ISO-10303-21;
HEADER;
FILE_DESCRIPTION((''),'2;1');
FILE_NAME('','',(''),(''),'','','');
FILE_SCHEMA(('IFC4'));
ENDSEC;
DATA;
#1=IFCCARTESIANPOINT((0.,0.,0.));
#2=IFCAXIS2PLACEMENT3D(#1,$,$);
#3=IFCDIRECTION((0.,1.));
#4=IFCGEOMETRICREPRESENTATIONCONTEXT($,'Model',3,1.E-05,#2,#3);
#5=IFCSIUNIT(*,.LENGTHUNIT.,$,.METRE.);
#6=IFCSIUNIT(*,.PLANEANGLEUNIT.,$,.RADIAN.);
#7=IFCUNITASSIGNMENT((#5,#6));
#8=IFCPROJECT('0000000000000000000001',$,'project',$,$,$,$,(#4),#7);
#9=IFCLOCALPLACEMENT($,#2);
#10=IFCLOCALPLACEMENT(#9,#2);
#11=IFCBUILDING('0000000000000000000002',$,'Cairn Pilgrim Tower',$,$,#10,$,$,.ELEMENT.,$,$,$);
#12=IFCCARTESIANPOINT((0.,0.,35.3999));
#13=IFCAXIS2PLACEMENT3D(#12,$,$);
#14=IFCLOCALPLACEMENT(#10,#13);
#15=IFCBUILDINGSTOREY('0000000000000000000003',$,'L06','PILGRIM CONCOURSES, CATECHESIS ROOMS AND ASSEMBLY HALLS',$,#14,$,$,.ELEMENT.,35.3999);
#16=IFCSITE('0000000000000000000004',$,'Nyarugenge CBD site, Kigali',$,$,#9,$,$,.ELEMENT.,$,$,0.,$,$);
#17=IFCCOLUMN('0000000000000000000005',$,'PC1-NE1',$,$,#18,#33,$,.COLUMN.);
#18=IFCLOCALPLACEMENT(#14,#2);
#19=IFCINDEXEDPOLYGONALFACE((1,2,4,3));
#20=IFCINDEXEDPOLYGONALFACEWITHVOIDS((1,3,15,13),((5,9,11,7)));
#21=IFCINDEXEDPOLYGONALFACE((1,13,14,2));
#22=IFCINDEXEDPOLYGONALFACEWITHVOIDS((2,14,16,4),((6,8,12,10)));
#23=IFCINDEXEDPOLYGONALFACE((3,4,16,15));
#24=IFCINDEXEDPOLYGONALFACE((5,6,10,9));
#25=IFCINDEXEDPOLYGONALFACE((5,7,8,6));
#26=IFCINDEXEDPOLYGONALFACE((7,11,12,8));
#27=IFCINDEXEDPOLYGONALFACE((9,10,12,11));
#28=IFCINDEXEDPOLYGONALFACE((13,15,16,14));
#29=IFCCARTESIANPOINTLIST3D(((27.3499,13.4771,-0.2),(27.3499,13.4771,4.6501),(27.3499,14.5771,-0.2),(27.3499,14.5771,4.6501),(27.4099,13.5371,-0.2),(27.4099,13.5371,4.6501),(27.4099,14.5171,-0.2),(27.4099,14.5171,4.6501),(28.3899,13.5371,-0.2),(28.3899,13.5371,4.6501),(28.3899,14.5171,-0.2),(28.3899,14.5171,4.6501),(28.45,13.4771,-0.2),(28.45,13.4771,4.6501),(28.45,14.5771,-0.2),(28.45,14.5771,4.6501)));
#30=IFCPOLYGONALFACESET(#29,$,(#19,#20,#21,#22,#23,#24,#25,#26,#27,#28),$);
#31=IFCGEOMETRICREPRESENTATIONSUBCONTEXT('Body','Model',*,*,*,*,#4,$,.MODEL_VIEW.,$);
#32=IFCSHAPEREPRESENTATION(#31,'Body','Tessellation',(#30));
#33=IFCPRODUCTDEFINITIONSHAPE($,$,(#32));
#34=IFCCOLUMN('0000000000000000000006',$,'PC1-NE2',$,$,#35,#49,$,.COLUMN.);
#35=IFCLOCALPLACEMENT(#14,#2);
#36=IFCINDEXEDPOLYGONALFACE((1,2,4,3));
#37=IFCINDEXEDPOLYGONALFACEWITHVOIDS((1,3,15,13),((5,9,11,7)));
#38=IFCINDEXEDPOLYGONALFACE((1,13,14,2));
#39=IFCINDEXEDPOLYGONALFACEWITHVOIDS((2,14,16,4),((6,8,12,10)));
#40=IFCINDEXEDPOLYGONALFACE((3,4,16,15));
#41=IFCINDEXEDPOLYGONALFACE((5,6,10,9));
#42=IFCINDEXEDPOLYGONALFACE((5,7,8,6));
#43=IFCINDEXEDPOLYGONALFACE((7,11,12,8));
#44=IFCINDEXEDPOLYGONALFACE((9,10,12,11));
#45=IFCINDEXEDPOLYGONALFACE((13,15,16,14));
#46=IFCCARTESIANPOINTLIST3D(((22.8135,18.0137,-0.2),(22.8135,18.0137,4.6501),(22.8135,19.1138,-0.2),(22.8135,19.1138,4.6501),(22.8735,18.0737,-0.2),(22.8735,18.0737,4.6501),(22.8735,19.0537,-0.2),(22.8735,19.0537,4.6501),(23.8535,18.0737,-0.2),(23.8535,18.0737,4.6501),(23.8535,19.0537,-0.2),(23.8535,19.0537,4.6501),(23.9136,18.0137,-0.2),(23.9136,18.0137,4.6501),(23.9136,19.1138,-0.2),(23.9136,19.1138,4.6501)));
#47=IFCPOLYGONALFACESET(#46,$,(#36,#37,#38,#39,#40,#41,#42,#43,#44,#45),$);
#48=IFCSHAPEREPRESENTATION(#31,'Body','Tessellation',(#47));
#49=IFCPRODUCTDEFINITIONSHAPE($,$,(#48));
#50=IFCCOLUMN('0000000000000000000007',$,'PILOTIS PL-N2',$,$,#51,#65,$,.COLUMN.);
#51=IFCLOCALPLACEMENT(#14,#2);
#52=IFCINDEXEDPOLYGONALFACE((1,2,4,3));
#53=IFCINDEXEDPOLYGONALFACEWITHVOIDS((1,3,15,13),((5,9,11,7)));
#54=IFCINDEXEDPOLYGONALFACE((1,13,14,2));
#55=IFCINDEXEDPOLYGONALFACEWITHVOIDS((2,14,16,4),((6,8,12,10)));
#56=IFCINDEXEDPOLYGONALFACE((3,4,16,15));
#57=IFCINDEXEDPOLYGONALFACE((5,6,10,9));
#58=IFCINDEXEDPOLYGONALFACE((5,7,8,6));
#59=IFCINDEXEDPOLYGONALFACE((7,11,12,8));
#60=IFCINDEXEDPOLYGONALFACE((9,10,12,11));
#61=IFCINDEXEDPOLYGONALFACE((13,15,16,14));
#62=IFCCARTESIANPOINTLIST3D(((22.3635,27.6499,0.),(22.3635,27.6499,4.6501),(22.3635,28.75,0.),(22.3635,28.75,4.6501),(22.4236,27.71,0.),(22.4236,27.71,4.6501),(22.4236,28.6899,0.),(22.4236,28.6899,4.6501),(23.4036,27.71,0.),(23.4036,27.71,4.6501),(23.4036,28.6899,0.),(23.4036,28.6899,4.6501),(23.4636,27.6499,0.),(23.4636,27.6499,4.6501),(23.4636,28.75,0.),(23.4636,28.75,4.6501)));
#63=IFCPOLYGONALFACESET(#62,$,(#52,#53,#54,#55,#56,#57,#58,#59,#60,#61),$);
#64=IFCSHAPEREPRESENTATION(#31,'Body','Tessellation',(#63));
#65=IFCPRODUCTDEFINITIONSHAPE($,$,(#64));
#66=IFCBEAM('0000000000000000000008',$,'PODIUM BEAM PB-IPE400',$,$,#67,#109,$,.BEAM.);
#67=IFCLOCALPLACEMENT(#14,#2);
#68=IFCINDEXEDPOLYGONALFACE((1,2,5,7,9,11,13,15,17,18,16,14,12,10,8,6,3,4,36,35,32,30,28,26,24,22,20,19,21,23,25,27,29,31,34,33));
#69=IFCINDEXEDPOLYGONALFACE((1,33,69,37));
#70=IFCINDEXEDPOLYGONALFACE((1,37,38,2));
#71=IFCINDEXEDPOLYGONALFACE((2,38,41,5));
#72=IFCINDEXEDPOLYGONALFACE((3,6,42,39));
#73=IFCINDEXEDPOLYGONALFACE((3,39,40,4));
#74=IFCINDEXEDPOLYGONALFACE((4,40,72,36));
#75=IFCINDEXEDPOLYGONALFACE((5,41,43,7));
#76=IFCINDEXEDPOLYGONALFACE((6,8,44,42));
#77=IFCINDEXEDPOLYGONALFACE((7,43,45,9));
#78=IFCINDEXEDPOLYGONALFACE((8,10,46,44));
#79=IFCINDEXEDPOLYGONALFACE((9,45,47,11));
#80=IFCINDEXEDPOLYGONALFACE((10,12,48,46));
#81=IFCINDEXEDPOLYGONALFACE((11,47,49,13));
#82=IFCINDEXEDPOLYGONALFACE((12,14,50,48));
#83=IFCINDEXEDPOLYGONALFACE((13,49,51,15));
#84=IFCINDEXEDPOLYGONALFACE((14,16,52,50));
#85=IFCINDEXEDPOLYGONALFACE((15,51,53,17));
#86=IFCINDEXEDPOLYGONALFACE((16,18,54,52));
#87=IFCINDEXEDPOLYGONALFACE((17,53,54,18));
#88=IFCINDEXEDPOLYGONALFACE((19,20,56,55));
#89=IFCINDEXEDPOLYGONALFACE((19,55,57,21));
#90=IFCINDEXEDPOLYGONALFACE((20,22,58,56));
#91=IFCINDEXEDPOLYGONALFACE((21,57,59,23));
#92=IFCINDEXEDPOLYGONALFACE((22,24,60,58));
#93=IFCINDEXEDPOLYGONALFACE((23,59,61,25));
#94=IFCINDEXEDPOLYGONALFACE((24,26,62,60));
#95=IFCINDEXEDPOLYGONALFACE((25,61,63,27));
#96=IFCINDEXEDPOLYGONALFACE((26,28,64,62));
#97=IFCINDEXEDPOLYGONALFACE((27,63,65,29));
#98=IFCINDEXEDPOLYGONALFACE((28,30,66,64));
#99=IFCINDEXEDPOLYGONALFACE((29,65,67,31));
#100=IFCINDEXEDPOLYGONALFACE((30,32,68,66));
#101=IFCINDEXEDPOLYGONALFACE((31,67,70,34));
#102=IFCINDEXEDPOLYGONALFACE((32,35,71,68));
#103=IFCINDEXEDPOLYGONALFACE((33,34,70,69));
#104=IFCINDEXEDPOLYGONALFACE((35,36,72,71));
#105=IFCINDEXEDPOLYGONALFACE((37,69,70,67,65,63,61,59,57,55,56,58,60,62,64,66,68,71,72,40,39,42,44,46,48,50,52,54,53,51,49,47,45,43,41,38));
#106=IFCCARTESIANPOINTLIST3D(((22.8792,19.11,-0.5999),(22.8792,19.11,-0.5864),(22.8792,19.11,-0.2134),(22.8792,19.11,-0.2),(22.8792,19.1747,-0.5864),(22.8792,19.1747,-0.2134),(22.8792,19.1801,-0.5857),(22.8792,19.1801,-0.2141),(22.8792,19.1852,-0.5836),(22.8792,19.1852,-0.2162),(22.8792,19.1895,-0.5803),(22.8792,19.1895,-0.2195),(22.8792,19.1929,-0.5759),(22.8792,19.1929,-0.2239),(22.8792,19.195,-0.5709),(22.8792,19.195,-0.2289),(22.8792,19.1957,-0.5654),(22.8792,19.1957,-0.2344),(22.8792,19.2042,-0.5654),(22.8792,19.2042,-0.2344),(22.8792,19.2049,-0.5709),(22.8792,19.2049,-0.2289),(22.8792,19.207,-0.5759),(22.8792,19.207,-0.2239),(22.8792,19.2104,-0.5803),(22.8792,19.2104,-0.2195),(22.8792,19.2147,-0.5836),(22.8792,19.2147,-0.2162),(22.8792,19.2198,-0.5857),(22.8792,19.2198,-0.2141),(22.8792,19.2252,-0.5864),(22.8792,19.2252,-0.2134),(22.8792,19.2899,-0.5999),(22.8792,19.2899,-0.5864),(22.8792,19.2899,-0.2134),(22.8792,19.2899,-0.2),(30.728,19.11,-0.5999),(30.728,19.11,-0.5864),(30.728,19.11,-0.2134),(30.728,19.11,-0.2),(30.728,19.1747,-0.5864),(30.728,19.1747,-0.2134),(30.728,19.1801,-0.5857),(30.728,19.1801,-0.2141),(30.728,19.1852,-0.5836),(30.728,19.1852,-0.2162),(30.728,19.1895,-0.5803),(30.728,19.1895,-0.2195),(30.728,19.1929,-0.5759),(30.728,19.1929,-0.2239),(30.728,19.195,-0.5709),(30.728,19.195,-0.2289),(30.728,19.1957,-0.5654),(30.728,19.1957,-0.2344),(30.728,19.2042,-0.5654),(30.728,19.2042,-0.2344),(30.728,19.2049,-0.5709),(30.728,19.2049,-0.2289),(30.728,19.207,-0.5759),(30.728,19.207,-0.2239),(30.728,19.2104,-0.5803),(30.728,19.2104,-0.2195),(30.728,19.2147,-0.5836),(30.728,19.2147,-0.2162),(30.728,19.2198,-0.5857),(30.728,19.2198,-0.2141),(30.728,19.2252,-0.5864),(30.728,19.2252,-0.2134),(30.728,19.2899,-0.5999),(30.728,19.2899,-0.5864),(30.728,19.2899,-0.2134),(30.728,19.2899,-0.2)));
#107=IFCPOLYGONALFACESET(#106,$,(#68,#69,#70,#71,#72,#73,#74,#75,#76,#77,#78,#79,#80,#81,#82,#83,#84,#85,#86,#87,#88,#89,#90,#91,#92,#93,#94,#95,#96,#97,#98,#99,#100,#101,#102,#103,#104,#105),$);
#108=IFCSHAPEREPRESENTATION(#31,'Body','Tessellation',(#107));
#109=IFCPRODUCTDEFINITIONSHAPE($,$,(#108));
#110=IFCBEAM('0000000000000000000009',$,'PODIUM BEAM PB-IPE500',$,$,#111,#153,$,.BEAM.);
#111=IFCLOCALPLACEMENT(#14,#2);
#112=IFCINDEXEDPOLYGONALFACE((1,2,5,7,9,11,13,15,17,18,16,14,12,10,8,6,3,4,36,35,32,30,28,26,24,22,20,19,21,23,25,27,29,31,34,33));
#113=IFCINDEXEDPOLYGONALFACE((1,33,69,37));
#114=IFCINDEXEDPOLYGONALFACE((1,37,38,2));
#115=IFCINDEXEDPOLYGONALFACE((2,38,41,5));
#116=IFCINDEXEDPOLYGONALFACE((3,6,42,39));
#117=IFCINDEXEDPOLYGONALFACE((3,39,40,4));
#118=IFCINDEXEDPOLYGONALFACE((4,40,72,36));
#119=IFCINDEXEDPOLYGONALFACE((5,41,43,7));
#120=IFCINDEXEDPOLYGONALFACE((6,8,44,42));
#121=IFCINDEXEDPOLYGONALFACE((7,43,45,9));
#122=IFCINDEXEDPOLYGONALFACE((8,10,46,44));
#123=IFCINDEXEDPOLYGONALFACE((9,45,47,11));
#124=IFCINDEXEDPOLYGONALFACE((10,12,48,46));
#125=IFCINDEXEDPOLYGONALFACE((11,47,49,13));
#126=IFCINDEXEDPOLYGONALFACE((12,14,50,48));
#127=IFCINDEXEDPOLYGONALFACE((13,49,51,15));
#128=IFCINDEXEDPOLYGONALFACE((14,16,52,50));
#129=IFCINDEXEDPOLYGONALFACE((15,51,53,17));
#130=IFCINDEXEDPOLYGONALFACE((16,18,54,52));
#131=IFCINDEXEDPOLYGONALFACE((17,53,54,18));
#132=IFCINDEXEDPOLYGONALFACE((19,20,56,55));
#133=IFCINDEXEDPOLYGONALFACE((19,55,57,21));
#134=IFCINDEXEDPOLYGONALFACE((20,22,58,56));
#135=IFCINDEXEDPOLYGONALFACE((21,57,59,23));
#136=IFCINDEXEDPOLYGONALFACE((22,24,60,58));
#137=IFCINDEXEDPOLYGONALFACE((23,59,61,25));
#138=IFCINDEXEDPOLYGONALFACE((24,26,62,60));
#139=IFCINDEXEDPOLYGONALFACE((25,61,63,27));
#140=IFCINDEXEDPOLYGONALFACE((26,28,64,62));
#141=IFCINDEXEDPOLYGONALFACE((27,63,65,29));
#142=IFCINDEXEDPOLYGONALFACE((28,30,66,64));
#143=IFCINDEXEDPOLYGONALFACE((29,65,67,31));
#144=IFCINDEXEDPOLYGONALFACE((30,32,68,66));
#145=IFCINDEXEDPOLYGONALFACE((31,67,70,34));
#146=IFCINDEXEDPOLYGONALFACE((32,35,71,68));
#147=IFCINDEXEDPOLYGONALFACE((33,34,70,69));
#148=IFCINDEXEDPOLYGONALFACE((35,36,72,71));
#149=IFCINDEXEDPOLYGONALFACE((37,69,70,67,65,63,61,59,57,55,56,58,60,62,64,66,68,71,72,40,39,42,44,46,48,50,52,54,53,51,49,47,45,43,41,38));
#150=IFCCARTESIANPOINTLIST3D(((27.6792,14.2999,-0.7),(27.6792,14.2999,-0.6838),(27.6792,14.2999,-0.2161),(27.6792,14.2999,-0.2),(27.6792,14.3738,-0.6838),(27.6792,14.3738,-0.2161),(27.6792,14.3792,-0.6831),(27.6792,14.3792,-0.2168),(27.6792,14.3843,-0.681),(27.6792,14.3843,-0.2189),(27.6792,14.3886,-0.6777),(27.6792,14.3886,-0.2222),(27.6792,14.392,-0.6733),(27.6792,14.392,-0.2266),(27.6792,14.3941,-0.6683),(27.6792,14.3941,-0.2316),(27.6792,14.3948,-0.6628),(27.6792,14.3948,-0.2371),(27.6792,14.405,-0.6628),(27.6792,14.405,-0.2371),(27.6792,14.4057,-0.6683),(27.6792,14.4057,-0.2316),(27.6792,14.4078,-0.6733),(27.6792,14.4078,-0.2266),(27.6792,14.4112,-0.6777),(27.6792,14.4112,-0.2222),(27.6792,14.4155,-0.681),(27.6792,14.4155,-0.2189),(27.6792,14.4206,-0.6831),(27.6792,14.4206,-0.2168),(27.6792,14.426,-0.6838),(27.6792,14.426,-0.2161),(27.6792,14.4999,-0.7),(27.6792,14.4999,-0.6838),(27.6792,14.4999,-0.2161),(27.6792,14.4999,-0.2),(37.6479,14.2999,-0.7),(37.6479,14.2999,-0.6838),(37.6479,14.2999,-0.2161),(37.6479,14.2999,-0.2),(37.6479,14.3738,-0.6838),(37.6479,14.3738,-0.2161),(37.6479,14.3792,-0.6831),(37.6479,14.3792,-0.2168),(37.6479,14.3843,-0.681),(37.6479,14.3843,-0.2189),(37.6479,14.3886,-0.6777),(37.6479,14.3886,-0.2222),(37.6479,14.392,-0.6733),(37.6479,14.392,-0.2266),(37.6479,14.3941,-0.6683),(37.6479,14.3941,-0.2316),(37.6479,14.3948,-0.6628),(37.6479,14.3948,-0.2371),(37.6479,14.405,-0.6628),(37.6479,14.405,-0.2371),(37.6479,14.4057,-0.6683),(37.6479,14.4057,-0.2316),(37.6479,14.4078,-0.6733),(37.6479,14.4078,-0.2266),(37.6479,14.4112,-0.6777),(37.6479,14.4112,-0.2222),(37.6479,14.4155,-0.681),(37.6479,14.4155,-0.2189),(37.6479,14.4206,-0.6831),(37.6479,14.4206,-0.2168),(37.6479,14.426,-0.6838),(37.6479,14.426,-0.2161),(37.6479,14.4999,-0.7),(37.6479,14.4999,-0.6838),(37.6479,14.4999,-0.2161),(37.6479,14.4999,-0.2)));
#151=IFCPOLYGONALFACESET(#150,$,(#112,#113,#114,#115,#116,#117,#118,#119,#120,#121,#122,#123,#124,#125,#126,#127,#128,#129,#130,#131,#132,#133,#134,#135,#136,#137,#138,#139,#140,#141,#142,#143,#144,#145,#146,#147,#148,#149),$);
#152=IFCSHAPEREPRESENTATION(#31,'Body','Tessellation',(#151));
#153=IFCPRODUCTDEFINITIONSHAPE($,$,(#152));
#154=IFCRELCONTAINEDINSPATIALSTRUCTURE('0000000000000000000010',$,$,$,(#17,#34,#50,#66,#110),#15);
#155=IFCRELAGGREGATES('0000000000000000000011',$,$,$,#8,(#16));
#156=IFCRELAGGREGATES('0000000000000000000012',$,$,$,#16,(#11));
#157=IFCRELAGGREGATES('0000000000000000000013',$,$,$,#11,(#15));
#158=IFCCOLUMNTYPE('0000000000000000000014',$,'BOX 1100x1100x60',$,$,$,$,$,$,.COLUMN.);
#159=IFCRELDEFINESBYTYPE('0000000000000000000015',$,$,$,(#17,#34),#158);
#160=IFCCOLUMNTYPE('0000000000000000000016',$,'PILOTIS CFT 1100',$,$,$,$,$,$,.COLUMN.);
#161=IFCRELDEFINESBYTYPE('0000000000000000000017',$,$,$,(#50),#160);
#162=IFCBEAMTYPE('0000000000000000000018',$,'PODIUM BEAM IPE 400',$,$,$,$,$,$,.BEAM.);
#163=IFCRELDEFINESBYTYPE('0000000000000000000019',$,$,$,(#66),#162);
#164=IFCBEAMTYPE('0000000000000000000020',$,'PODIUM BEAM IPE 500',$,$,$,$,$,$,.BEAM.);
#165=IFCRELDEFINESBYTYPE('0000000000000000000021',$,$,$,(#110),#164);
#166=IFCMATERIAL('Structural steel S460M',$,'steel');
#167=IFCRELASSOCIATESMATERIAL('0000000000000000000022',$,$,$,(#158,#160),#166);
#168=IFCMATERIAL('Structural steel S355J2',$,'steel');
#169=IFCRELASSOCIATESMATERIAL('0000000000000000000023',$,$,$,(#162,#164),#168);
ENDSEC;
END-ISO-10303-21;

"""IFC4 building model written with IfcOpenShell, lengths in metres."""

from ifc_helpers import new_model, si_unit, direction, frame, origin, origin_2d, place, context, subcontext, project, spatial, hollow_rectangle, i_section, extrude, material, material_profile, profile_set, type_object, element, save


model = new_model("IFC4")

# Units and contexts
model_context = context("Model", 3, precision=1e-05, world=origin(), true_north=direction((0.0, 1.0)))
body_context = subcontext(model_context, "Body", "Model", "MODEL_VIEW")
ifc_project = project(units=[si_unit("LENGTHUNIT", "METRE"), si_unit("PLANEANGLEUNIT", "RADIAN")], contexts=[model_context])

# Site, building, storey
site_placement = place(None, origin())
site = spatial("IfcSite", under=ifc_project, at=site_placement, Name="Nyarugenge CBD site, Kigali", CompositionType="ELEMENT", RefElevation=0.0)
building_placement = place(site_placement, origin())
building = spatial("IfcBuilding", under=site, at=building_placement, Name="Cairn Pilgrim Tower", CompositionType="ELEMENT")
storey_placement = place(building_placement, frame((0.0, 0.0, 35.3999)))
storey = spatial("IfcBuildingStorey", under=building, at=storey_placement, Name="L06", Description="PILGRIM CONCOURSES, CATECHESIS ROOMS AND ASSEMBLY HALLS", CompositionType="ELEMENT", Elevation=35.3999)

# Columns
ifc_material_1 = material(Name="Structural steel S460M", Category="steel")
ifc_material_profile_1 = material_profile(ifc_material_1, hollow_rectangle(XDim=1.1001, YDim=1.1001, WallThickness=0.0601, at=origin_2d()), Name="BOX 1100x1100x60")
ifc_profile_set_1 = profile_set([ifc_material_profile_1], Name="Structural steel S460M")
column_type_1 = type_object("IfcColumnType", Name="BOX 1100x1100x60", PredefinedType="COLUMN", material=ifc_profile_set_1)
for number, where, z_axis, x_axis, name in (
    (1, (27.8999, 14.0271, -0.2), (0.0, 0.0, 1.0), (1.0, 0.0, 0.0), "PC1-NE1"),
    (2, (23.3635, 18.5637, -0.2), (0.0, 0.0, 1.0), (1.0, 0.0, 0.0), "PC1-NE2"),
):
    element("IfcColumn", number, at=place(storey_placement, frame(where, z_axis=z_axis, x_axis=x_axis)), inside=storey, type_object=column_type_1, Name=name, PredefinedType="COLUMN", context=body_context, shape_type="SweptSolid", body=[
        extrude(hollow_rectangle(XDim=1.1001, YDim=1.1001, WallThickness=0.0601, at=origin_2d()), origin(), (0.0, 0.0, 1.0), 4.8501),
    ])
ifc_material_profile_2 = material_profile(ifc_material_1, hollow_rectangle(XDim=1.1001, YDim=1.1001, WallThickness=0.0601, at=origin_2d()), Name="BOX 1100x1100x60")
ifc_profile_set_2 = profile_set([ifc_material_profile_2], Name="Structural steel S460M")
column_type_2 = type_object("IfcColumnType", Name="PILOTIS CFT 1100", PredefinedType="COLUMN", material=ifc_profile_set_2)
column_placement = place(storey_placement, frame((22.9136, 28.2, 0.0), z_axis=(0.0, 0.0, 1.0), x_axis=(1.0, 0.0, 0.0)))
element("IfcColumn", 3, at=column_placement, inside=storey, type_object=column_type_2, Name="PILOTIS PL-N2", PredefinedType="COLUMN", context=body_context, shape_type="SweptSolid", body=[
    extrude(hollow_rectangle(XDim=1.1001, YDim=1.1001, WallThickness=0.0601, at=origin_2d()), origin(), (0.0, 0.0, 1.0), 4.6501),
])

# Beams
ifc_material_2 = material(Name="Structural steel S355J2", Category="steel")
ifc_material_profile_3 = material_profile(ifc_material_2, i_section(OverallWidth=0.1799, OverallDepth=0.3999, WebThickness=0.0085, FlangeThickness=0.0134, FilletRadius=0.021, at=origin_2d()), Name="IPE 400")
ifc_profile_set_3 = profile_set([ifc_material_profile_3], Name="Structural steel S355J2")
beam_type_1 = type_object("IfcBeamType", Name="PODIUM BEAM IPE 400", PredefinedType="BEAM", material=ifc_profile_set_3)
beam_1_placement = place(storey_placement, frame((22.8792, 19.2, -0.3999), z_axis=(1.0, 0.0, 0.0), x_axis=(0.0, 1.0, 0.0)))
element("IfcBeam", 4, at=beam_1_placement, inside=storey, type_object=beam_type_1, Name="PODIUM BEAM PB-IPE400", PredefinedType="BEAM", context=body_context, shape_type="SweptSolid", body=[
    extrude(i_section(OverallWidth=0.1799, OverallDepth=0.3999, WebThickness=0.0085, FlangeThickness=0.0134, FilletRadius=0.021, at=origin_2d()), origin(), (0.0, 0.0, 1.0), 7.8489),
])
ifc_material_profile_4 = material_profile(ifc_material_2, i_section(OverallWidth=0.2, OverallDepth=0.5, WebThickness=0.0103, FlangeThickness=0.0161, FilletRadius=0.021, at=origin_2d()), Name="IPE 500")
ifc_profile_set_4 = profile_set([ifc_material_profile_4], Name="Structural steel S355J2")
beam_type_2 = type_object("IfcBeamType", Name="PODIUM BEAM IPE 500", PredefinedType="BEAM", material=ifc_profile_set_4)
beam_2_placement = place(storey_placement, frame((27.6792, 14.3999, -0.45), z_axis=(1.0, 0.0, 0.0), x_axis=(0.0, 1.0, 0.0)))
element("IfcBeam", 5, at=beam_2_placement, inside=storey, type_object=beam_type_2, Name="PODIUM BEAM PB-IPE500", PredefinedType="BEAM", context=body_context, shape_type="SweptSolid", body=[
    extrude(i_section(OverallWidth=0.2, OverallDepth=0.5, WebThickness=0.0103, FlangeThickness=0.0161, FilletRadius=0.021, at=origin_2d()), origin(), (0.0, 0.0, 1.0), 9.9688),
])

save(model, "model.ifc")
